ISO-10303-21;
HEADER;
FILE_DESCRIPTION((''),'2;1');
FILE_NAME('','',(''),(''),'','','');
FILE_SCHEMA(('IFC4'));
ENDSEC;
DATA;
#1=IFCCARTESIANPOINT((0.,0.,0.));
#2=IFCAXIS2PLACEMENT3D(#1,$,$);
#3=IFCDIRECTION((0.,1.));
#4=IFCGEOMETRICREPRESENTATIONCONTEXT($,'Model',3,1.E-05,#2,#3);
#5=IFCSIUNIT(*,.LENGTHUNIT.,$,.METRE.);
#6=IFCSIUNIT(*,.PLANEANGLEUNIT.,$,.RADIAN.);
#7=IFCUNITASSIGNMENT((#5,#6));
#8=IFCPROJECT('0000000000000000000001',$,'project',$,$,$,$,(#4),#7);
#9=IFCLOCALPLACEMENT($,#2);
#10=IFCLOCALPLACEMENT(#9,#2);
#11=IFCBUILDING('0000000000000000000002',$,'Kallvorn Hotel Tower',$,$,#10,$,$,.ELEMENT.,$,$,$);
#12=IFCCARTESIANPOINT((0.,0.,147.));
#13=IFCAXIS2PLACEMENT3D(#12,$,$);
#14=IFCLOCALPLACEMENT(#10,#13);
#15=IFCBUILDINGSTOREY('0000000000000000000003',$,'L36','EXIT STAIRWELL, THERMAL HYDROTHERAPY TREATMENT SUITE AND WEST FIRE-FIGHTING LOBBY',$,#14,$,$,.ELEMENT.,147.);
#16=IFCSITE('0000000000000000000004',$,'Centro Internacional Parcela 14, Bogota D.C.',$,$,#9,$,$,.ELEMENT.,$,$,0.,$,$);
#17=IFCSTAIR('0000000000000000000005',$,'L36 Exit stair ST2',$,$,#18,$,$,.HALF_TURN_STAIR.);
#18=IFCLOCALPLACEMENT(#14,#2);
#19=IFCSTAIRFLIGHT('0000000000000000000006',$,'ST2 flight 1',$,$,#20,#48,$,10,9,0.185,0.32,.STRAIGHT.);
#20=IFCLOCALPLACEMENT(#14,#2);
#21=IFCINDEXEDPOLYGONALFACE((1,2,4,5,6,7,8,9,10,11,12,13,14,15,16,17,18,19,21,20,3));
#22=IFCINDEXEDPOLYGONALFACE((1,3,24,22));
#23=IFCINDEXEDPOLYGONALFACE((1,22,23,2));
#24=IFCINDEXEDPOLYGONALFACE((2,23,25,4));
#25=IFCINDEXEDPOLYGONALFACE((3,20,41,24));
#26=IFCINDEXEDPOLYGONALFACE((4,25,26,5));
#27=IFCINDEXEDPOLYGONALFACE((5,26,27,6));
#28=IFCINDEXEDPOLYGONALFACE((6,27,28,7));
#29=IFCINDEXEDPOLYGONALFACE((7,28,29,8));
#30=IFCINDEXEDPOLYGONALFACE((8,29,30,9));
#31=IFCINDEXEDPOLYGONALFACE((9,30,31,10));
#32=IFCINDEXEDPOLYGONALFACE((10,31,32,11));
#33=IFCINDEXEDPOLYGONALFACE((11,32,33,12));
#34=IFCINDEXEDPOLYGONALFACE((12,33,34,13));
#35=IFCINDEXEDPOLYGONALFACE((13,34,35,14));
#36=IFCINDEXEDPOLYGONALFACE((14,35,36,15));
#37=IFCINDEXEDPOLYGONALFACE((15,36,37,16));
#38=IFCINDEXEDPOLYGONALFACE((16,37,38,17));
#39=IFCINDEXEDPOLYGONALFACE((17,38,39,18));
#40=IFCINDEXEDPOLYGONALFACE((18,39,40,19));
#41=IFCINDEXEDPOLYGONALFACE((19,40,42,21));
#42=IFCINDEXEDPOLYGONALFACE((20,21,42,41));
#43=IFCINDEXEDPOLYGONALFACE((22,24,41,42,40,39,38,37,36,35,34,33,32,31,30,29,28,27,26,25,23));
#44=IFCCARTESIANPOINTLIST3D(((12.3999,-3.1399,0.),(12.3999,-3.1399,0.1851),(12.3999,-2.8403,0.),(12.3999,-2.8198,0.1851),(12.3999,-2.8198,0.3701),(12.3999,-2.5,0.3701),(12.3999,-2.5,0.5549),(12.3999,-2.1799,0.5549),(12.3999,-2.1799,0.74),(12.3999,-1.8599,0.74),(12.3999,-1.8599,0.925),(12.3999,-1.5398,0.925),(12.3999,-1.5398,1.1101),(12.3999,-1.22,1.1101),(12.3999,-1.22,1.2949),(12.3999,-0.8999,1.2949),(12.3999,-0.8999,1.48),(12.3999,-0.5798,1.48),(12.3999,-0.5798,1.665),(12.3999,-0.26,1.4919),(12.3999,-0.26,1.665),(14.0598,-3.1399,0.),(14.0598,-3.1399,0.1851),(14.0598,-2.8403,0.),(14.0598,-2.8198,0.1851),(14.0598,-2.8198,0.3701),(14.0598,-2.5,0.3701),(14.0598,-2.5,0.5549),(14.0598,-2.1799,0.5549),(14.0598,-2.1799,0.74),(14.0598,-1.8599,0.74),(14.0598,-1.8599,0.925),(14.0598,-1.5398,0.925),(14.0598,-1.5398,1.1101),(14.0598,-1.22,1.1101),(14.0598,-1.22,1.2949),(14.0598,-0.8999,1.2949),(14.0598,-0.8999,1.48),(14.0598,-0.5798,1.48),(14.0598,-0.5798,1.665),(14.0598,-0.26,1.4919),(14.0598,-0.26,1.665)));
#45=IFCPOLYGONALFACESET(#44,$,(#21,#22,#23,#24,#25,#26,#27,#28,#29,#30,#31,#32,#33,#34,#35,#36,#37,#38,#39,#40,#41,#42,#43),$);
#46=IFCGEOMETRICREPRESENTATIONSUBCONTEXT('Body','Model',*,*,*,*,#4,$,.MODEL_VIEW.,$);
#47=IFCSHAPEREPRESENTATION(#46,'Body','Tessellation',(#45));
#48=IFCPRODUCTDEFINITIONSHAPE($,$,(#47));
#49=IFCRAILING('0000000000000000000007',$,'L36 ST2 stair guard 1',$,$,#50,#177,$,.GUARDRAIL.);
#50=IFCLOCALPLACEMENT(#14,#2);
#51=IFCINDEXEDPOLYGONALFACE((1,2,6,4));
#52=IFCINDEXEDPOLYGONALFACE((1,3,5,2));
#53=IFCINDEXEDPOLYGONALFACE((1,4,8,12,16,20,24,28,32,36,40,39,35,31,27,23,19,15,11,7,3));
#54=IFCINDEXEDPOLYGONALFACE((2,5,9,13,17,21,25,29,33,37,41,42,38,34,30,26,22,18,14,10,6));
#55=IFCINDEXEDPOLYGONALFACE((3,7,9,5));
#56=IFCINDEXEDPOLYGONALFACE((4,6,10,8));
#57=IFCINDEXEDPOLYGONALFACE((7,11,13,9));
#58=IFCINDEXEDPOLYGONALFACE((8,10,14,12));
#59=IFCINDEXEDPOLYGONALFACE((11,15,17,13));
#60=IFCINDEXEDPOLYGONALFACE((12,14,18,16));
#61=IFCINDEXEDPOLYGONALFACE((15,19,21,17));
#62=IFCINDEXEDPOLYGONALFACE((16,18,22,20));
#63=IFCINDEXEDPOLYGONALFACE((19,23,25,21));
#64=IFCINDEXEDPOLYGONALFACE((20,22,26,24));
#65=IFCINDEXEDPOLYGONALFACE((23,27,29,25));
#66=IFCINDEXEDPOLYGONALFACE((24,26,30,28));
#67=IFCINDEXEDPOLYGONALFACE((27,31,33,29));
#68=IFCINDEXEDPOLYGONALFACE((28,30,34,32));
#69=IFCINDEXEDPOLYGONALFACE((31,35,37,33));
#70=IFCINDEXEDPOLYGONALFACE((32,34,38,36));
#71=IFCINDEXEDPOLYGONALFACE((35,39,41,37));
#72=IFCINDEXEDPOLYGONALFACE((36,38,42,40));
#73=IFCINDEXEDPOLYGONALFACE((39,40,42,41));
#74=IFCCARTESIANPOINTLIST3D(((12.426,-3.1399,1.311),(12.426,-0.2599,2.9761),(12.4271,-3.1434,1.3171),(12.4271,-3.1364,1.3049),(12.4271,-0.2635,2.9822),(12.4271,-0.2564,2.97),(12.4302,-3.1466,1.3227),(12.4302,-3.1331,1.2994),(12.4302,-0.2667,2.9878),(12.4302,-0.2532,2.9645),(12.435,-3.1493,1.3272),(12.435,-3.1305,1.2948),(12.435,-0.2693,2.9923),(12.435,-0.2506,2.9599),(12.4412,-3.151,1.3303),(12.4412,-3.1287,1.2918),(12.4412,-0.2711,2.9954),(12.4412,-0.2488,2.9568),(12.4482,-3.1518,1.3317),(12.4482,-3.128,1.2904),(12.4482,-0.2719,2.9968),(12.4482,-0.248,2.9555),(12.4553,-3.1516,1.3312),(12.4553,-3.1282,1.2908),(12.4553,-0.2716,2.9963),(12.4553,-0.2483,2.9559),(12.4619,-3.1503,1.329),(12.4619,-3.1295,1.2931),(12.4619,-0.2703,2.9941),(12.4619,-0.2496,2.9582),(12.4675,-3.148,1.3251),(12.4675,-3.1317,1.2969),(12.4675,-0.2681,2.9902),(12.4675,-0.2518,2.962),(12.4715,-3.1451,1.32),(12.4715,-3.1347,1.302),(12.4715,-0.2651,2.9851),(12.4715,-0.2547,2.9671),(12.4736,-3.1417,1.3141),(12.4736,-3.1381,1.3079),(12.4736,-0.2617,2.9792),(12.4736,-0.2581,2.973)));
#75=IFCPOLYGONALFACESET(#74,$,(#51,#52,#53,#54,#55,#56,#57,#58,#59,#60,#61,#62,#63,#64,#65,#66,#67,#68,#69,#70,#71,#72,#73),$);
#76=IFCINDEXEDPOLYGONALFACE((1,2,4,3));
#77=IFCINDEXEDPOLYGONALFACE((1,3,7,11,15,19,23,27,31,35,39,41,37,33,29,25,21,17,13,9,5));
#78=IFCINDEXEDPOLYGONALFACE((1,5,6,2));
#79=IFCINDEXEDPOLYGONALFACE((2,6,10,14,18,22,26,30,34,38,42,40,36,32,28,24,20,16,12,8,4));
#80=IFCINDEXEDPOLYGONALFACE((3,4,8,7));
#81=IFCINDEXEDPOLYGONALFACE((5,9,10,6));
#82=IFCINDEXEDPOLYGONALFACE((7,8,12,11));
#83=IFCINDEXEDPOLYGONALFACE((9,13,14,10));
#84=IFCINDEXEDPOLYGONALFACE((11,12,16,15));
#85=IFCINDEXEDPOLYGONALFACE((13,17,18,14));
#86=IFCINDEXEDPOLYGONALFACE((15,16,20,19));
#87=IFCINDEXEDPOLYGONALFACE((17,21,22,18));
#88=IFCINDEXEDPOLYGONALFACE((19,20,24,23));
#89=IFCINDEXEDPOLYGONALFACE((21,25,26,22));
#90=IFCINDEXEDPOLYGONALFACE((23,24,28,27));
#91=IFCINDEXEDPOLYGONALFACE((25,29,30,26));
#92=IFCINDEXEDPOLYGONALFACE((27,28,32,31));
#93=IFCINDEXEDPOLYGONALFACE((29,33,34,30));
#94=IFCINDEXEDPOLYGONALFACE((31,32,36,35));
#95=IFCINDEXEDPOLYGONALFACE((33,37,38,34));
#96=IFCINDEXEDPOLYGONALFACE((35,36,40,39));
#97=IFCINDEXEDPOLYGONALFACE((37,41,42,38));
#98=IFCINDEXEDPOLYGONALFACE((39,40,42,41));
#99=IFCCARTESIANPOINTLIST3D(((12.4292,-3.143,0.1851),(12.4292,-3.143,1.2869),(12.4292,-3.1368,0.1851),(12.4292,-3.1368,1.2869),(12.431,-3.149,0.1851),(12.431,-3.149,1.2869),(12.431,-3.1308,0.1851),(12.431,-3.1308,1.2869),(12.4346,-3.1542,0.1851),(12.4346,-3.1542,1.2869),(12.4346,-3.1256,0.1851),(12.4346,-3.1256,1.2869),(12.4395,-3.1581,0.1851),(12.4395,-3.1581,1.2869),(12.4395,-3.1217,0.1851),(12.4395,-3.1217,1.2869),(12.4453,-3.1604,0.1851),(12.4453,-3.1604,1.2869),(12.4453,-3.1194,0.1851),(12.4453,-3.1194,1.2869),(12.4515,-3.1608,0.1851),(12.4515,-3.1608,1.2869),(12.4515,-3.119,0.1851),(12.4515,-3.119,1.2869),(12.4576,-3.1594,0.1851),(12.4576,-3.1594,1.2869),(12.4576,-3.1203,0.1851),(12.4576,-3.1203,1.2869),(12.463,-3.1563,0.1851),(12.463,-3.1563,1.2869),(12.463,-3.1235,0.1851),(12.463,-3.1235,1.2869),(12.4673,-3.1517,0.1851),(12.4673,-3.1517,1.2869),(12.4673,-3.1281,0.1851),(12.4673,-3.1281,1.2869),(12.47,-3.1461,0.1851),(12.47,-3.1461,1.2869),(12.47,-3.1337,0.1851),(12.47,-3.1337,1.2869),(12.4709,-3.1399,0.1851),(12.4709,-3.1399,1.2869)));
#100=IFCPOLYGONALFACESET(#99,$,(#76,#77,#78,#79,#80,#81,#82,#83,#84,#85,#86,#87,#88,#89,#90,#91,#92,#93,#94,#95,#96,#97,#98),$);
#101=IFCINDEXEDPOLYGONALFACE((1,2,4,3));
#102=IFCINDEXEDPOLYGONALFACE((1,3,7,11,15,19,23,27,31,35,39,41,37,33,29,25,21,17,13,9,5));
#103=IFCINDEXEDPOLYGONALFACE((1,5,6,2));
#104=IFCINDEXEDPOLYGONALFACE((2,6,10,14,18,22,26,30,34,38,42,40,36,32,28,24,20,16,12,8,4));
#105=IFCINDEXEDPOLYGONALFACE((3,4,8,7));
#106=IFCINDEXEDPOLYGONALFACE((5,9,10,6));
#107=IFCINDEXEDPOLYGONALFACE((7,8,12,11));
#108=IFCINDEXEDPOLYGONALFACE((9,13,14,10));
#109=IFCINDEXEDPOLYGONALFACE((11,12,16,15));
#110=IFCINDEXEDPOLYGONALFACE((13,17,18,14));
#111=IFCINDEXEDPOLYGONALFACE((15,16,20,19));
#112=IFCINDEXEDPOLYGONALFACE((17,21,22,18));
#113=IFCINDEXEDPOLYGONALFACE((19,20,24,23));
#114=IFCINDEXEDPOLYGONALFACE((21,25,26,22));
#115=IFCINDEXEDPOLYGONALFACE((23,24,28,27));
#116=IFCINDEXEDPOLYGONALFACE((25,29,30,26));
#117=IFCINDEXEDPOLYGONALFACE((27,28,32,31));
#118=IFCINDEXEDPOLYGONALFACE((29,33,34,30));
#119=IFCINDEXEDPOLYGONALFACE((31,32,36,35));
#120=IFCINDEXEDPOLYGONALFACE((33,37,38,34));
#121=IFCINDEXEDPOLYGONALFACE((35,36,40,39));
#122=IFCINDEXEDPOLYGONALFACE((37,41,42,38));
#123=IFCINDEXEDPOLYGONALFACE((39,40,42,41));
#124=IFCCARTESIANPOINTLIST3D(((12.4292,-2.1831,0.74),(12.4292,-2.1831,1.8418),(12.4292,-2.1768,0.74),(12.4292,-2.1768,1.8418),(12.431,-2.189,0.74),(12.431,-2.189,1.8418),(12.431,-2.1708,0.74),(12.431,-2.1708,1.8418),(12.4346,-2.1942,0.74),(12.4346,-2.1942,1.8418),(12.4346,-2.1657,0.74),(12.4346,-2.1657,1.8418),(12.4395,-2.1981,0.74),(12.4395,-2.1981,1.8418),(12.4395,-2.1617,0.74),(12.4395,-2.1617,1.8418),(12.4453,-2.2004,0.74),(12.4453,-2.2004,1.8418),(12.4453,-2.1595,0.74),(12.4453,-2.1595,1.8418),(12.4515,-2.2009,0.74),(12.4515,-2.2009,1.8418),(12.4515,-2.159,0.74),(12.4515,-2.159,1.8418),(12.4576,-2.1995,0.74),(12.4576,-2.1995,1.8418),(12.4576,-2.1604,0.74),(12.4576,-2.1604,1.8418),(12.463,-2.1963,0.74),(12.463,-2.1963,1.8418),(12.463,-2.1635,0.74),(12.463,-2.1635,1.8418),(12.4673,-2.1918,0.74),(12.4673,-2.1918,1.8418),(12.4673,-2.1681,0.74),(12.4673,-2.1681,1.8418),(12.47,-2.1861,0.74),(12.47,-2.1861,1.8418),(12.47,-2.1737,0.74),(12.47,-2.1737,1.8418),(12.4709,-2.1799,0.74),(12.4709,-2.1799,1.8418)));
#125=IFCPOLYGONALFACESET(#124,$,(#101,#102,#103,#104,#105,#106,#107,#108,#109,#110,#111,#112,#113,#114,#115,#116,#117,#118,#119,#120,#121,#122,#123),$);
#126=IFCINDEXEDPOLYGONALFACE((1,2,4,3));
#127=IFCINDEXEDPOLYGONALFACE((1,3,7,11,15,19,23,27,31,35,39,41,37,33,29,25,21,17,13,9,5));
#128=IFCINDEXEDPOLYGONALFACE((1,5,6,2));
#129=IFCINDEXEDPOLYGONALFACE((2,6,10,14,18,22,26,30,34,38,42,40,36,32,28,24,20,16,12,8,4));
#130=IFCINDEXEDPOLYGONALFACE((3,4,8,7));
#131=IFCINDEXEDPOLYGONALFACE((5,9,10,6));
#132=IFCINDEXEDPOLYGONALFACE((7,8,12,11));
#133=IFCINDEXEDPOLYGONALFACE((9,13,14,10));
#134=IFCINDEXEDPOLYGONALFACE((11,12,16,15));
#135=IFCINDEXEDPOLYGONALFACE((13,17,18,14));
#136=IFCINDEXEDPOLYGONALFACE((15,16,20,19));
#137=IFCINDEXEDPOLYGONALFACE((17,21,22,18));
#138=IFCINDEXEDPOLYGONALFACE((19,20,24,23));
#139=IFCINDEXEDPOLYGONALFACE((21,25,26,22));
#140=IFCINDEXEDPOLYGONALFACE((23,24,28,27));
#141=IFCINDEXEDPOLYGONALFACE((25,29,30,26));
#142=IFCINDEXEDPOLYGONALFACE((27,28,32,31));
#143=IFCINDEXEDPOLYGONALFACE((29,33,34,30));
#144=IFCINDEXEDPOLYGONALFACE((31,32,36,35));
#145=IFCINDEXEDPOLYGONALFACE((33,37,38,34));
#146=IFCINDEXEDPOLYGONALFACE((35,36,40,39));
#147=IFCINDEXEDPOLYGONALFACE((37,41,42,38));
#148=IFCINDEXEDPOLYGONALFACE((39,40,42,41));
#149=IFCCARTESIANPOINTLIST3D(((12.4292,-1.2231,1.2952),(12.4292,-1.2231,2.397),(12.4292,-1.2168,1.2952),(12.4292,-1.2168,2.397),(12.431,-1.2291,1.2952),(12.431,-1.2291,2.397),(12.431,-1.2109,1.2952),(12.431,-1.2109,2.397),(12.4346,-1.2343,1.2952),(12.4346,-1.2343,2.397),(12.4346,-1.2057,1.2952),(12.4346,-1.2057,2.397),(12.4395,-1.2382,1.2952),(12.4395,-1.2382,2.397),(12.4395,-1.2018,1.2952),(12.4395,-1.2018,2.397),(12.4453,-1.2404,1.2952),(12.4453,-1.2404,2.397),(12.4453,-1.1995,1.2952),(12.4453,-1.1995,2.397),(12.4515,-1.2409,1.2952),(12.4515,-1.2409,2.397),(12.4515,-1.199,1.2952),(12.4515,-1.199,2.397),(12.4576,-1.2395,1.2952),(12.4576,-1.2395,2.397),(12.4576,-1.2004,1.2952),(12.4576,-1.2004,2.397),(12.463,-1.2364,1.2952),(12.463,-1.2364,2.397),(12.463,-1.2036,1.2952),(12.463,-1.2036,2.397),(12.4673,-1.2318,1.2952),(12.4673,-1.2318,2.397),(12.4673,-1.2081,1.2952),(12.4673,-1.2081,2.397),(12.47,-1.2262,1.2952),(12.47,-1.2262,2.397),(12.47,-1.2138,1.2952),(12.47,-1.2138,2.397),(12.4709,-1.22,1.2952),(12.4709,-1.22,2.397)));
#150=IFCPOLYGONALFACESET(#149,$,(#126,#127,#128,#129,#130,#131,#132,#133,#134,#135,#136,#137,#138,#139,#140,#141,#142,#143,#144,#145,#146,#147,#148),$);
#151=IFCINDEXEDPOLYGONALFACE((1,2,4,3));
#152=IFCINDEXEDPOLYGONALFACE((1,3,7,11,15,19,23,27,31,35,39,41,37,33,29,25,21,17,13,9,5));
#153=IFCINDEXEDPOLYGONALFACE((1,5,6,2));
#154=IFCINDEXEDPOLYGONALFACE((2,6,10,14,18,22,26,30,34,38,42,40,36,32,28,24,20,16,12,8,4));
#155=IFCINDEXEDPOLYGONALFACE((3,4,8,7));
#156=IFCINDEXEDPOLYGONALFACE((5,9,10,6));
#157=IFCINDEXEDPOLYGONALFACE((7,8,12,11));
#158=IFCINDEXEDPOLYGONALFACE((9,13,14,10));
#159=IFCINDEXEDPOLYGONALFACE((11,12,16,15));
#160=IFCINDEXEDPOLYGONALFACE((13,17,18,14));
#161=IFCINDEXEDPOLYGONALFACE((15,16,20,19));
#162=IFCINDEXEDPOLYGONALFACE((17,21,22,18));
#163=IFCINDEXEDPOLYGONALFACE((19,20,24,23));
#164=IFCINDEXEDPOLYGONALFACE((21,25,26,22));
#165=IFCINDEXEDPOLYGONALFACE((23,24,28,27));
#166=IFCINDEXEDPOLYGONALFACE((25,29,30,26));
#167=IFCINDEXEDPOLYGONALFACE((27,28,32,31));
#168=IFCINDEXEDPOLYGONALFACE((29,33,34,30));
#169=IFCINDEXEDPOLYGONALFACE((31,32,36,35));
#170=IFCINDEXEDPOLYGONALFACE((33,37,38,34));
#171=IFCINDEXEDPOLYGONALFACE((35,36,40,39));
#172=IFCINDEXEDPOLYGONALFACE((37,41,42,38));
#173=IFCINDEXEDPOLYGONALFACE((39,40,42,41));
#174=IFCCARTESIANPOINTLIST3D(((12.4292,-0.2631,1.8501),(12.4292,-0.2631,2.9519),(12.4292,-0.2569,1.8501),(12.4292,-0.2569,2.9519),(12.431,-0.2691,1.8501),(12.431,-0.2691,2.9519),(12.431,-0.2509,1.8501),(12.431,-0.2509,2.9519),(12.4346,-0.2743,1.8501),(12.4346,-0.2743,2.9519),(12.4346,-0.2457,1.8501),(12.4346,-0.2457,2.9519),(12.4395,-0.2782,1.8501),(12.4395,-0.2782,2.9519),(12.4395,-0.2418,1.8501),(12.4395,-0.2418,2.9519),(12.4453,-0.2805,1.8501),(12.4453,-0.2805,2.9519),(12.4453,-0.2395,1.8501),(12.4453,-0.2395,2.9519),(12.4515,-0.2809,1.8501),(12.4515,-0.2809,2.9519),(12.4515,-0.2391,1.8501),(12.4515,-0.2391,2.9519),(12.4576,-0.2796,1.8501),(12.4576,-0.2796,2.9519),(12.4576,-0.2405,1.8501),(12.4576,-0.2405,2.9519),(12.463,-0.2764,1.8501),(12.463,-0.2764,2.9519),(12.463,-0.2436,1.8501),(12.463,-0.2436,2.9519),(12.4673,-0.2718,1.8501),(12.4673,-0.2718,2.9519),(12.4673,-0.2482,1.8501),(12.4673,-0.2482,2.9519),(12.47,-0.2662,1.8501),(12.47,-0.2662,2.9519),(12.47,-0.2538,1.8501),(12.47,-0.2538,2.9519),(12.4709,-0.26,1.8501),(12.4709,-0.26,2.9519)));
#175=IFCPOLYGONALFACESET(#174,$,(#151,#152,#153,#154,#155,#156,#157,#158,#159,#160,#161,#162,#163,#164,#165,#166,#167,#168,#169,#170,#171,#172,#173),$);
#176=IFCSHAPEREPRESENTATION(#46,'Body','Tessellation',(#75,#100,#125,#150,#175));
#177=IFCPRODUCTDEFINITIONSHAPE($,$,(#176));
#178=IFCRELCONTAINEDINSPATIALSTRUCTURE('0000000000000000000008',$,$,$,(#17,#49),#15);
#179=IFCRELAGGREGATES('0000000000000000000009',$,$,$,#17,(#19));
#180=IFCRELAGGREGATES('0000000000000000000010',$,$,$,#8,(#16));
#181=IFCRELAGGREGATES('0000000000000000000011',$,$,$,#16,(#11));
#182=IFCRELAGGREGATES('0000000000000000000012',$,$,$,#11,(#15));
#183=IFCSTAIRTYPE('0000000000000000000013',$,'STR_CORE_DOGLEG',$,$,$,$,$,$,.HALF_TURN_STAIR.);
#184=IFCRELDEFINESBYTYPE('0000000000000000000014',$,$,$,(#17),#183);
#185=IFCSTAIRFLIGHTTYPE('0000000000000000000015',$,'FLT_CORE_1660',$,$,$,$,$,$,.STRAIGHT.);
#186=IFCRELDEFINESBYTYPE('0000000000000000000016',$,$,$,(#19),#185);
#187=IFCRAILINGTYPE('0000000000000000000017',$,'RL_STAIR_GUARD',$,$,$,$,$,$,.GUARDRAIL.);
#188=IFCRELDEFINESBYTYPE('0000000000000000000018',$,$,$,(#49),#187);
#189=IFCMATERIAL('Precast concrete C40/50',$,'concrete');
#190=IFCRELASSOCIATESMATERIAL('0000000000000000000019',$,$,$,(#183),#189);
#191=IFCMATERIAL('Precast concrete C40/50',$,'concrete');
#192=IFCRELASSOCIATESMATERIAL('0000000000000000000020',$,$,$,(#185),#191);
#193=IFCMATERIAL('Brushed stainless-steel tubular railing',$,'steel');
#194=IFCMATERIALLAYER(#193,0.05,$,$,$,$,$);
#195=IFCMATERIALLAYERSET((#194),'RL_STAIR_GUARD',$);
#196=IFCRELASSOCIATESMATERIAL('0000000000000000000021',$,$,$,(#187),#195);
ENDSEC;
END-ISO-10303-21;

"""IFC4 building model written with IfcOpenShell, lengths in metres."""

from ifc_helpers import new_model, si_unit, direction, frame, origin, origin_2d, place, context, subcontext, project, spatial, polyline, circle, outline, extrude, material, layer, layer_set, type_object, element, aggregate, save


model = new_model("IFC4")

# Units and contexts
model_context = context("Model", 3, precision=1e-05, world=origin(), true_north=direction((0.0, 1.0)))
body_context = subcontext(model_context, "Body", "Model", "MODEL_VIEW")
ifc_project = project(units=[si_unit("LENGTHUNIT", "METRE"), si_unit("PLANEANGLEUNIT", "RADIAN")], contexts=[model_context])

# Site, building, storey
site_placement = place(None, origin())
site = spatial("IfcSite", under=ifc_project, at=site_placement, Name="Centro Internacional Parcela 14, Bogota D.C.", CompositionType="ELEMENT", RefElevation=0.0)
building_placement = place(site_placement, origin())
building = spatial("IfcBuilding", under=site, at=building_placement, Name="Kallvorn Hotel Tower", CompositionType="ELEMENT")
storey_placement = place(building_placement, frame((0.0, 0.0, 147.0)))
storey = spatial("IfcBuildingStorey", under=building, at=storey_placement, Name="L36", Description="EXIT STAIRWELL, THERMAL HYDROTHERAPY TREATMENT SUITE AND WEST FIRE-FIGHTING LOBBY", CompositionType="ELEMENT", Elevation=147.0)

# Stair, stair flight
ifc_material_1 = material(Name="Precast concrete C40/50", Category="concrete")
stair_type = type_object("IfcStairType", Name="STR_CORE_DOGLEG", PredefinedType="HALF_TURN_STAIR", material=ifc_material_1)
stair_placement = place(storey_placement, origin())
stair = element("IfcStair", 1, at=stair_placement, inside=storey, type_object=stair_type, Name="L36 Exit stair ST2", PredefinedType="HALF_TURN_STAIR")
ifc_material_2 = material(Name="Precast concrete C40/50", Category="concrete")
stair_flight_type = type_object("IfcStairFlightType", Name="FLT_CORE_1660", PredefinedType="STRAIGHT", material=ifc_material_2)
stair_flight_placement = place(storey_placement, frame((13.23, -3.1399, 0.0), z_axis=(0.0, 0.0, 1.0), x_axis=(0.0, 1.0, 0.0)))
stair_flight = element("IfcStairFlight", 2, at=stair_flight_placement, type_object=stair_flight_type, Name="ST2 flight 1", NumberOfRisers=10, NumberOfTreads=9, PredefinedType="STRAIGHT", RiserHeight=0.185, TreadLength=0.32, context=body_context, shape_type="SweptSolid", body=[
    extrude(outline(polyline([(0.0, 0.0), (0.0, 0.1851), (0.3201, 0.1851), (0.3201, 0.3701), (0.6399, 0.3701), (0.6399, 0.5549), (0.96, 0.5549), (0.96, 0.74), (1.28, 0.74), (1.28, 0.925), (1.6001, 0.925), (1.6001, 1.1101), (1.9199, 1.1101), (1.9199, 1.2949), (2.24, 1.2949), (2.24, 1.48), (2.5601, 1.48), (2.5601, 1.665), (2.8799, 1.665), (2.8799, 1.8501), (2.8799, 1.4919), (0.2996, 0.0), (0.0, 0.0)])), frame((0.0, 0.8301, 0.0), z_axis=(0.0, -1.0, 0.0), x_axis=(1.0, 0.0, 0.0)), (0.0, 0.0, 1.0), 1.6599),
])
aggregate(stair, [stair_flight])

# Railing
ifc_material_3 = material(Name="Brushed stainless-steel tubular railing", Category="steel")
ifc_layer_1 = layer(ifc_material_3, 0.05)
ifc_layer_set_1 = layer_set([ifc_layer_1], Name="RL_STAIR_GUARD")
railing_type_1 = type_object("IfcRailingType", Name="RL_STAIR_GUARD", PredefinedType="GUARDRAIL", material=ifc_layer_set_1)
railing_1_placement = place(storey_placement, frame((12.45, -3.1399, 0.1851)))
element("IfcRailing", 3, at=railing_1_placement, inside=storey, type_object=railing_type_1, Name="L36 ST2 stair guard 1", PredefinedType="GUARDRAIL", context=body_context, shape_type="SweptSolid", body=[
    extrude(circle(Radius=0.0239, at=origin_2d()), frame((0.0, 0.0, 1.126), z_axis=(0.0, 0.865721, 0.500527), x_axis=(-1.0, 0.0, 0.0)), (0.0, 0.0, 1.0), 3.3267),
    extrude(circle(Radius=0.021, at=origin_2d()), origin(), (0.0, 0.0, 1.0), 1.1018),
    extrude(circle(Radius=0.021, at=origin_2d()), frame((0.0, 0.96, 0.5549)), (0.0, 0.0, 1.0), 1.1018),
    extrude(circle(Radius=0.021, at=origin_2d()), frame((0.0, 1.9199, 1.1101)), (0.0, 0.0, 1.0), 1.1018),
    extrude(circle(Radius=0.021, at=origin_2d()), frame((0.0, 2.8799, 1.665)), (0.0, 0.0, 1.0), 1.1018),
])

save(model, "model.ifc")
